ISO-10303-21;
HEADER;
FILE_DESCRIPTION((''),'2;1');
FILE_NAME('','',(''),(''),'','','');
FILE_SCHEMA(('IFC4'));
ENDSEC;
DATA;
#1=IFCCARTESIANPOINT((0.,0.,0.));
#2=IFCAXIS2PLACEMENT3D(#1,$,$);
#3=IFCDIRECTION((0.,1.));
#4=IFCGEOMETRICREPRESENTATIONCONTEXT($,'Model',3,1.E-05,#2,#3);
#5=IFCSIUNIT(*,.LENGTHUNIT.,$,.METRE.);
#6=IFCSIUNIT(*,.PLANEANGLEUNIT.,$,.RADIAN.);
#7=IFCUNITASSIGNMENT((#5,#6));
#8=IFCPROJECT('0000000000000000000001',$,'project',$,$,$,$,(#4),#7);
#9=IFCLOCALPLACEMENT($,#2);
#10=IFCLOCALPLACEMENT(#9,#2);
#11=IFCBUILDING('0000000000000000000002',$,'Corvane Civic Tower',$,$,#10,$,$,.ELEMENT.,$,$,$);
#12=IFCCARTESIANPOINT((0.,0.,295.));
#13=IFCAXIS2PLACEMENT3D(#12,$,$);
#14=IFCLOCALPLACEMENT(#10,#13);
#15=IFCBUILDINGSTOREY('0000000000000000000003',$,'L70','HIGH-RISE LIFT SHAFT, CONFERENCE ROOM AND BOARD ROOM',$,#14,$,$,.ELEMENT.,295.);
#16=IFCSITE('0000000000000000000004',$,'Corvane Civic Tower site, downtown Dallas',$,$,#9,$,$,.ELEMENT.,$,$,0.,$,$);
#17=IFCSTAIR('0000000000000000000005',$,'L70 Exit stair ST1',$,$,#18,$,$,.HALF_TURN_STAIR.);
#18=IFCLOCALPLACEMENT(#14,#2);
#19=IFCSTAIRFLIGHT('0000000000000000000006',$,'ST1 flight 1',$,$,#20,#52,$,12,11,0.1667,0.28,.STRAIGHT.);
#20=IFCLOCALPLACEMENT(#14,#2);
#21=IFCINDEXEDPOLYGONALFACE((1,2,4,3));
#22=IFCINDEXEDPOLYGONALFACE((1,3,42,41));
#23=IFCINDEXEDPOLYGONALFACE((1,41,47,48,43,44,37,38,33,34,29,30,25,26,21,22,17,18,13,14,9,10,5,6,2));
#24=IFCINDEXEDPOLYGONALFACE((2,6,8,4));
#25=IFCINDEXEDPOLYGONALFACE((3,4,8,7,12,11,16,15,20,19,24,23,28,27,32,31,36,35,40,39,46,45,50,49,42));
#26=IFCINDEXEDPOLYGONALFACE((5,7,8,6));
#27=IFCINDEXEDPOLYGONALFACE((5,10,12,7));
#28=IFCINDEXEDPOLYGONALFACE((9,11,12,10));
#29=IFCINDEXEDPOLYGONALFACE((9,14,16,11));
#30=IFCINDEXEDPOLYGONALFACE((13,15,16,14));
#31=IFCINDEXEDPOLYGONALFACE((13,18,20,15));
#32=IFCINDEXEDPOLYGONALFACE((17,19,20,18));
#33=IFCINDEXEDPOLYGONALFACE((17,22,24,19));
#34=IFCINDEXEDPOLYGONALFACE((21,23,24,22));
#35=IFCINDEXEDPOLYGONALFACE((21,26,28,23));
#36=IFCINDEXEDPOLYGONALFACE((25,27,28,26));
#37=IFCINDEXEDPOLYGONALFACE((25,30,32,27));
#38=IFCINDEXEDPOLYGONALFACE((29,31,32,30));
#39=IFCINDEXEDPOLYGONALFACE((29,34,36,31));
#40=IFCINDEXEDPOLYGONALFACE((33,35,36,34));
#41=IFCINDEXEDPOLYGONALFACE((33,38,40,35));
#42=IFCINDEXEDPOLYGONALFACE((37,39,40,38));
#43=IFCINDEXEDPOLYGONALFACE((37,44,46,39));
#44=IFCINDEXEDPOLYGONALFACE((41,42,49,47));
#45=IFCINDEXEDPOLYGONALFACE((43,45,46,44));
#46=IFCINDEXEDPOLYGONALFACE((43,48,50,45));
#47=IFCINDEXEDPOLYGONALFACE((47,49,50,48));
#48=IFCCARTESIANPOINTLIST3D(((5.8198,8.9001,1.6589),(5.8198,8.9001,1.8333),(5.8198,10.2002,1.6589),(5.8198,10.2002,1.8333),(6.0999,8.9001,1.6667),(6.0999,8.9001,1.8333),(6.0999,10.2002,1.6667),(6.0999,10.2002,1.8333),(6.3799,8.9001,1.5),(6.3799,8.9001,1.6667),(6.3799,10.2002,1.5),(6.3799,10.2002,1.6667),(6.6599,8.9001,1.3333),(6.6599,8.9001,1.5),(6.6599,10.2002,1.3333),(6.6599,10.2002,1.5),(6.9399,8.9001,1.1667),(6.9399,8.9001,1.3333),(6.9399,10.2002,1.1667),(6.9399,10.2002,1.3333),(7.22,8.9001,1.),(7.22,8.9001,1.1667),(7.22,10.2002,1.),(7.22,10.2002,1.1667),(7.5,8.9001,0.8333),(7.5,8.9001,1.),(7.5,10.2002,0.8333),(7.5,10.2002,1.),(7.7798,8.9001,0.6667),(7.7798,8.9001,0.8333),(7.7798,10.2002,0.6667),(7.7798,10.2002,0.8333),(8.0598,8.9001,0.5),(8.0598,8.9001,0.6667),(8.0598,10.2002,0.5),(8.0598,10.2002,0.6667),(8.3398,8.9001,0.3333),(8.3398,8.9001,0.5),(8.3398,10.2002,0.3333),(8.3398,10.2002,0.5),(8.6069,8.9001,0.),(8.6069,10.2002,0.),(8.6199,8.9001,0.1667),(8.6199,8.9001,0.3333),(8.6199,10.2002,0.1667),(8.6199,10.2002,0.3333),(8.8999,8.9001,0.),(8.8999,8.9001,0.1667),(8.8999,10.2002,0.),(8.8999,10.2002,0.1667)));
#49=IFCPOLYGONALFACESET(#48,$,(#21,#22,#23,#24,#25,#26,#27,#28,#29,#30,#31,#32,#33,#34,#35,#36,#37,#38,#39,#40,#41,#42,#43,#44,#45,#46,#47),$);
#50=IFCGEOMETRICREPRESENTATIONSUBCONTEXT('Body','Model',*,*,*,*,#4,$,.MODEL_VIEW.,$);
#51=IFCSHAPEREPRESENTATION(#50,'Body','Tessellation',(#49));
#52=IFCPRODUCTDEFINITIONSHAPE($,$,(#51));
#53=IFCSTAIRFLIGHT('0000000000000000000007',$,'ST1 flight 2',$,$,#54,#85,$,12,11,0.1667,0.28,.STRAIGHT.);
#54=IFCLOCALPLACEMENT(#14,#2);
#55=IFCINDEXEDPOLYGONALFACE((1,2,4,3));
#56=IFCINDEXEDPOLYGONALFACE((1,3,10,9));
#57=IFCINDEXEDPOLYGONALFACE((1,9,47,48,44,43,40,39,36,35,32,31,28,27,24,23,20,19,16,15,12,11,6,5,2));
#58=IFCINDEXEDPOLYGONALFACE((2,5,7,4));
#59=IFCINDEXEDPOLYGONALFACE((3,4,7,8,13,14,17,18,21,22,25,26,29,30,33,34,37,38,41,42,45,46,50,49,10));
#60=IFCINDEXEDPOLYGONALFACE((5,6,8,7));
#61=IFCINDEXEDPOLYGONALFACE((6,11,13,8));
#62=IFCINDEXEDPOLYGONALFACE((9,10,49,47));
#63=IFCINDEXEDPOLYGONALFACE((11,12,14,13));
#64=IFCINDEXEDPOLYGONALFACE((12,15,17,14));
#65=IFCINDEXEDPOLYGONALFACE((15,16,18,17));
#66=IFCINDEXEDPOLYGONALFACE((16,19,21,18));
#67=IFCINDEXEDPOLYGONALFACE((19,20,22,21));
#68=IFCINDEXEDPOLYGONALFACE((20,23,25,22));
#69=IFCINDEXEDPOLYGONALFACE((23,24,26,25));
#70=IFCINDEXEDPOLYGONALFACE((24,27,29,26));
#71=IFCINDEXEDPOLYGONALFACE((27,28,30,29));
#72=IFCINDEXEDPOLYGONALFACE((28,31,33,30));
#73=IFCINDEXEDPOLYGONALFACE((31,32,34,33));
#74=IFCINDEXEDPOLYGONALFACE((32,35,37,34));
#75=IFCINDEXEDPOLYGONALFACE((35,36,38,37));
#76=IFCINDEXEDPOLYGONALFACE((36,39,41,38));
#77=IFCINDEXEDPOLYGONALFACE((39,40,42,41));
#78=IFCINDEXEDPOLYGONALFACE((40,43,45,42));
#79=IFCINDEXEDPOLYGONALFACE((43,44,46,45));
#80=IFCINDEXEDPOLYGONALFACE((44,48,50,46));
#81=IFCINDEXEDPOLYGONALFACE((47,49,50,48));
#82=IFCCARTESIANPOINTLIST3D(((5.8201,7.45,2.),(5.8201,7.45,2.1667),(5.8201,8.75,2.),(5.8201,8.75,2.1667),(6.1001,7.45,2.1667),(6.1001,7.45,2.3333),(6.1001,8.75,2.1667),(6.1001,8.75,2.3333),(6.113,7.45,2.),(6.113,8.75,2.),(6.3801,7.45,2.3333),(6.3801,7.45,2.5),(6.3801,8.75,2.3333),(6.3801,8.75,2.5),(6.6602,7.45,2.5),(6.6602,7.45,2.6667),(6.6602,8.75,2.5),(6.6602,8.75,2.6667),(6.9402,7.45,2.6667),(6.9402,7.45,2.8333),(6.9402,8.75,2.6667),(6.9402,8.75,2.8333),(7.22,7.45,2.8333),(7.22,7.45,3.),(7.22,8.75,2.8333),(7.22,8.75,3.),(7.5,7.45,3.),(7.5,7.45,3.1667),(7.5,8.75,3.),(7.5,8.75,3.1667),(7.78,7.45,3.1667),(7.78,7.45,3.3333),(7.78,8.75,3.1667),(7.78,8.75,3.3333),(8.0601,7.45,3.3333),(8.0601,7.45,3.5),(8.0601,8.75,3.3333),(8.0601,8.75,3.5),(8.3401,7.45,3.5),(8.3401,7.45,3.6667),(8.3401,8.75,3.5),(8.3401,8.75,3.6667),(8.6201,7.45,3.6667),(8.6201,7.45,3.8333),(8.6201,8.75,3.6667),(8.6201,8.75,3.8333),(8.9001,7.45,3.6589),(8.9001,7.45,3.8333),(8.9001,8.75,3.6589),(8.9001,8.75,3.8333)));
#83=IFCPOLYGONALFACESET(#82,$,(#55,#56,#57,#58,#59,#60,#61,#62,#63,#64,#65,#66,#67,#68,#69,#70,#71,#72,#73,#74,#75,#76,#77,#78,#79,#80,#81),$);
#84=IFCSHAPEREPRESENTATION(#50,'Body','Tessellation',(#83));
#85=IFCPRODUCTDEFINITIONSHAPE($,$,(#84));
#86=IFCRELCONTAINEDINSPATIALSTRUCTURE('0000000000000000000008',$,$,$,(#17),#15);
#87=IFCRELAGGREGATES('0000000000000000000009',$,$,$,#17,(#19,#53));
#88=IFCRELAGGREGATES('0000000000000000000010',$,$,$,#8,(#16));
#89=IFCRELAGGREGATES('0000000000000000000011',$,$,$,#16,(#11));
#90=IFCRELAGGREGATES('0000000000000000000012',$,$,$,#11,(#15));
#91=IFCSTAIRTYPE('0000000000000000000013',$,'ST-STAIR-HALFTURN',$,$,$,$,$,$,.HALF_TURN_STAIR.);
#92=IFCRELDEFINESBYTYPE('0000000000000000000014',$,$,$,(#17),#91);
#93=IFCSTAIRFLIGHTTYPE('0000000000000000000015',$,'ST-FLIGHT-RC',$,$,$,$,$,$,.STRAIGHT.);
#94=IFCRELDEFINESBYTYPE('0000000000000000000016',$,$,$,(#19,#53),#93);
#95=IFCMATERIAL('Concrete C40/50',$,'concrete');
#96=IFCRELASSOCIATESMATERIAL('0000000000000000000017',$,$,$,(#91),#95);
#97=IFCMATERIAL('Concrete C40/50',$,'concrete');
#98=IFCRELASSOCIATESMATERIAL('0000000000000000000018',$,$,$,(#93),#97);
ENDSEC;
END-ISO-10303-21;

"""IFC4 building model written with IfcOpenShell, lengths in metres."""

from ifc_helpers import new_model, si_unit, direction, frame, origin, place, context, subcontext, project, spatial, polyline, outline, extrude, material, type_object, element, aggregate, save


model = new_model("IFC4")

# Units and contexts
model_context = context("Model", 3, precision=1e-05, world=origin(), true_north=direction((0.0, 1.0)))
body_context = subcontext(model_context, "Body", "Model", "MODEL_VIEW")
ifc_project = project(units=[si_unit("LENGTHUNIT", "METRE"), si_unit("PLANEANGLEUNIT", "RADIAN")], contexts=[model_context])

# Site, building, storey
site_placement = place(None, origin())
site = spatial("IfcSite", under=ifc_project, at=site_placement, Name="Corvane Civic Tower site, downtown Dallas", CompositionType="ELEMENT", RefElevation=0.0)
building_placement = place(site_placement, origin())
building = spatial("IfcBuilding", under=site, at=building_placement, Name="Corvane Civic Tower", CompositionType="ELEMENT")
storey_placement = place(building_placement, frame((0.0, 0.0, 295.0)))
storey = spatial("IfcBuildingStorey", under=building, at=storey_placement, Name="L70", Description="HIGH-RISE LIFT SHAFT, CONFERENCE ROOM AND BOARD ROOM", CompositionType="ELEMENT", Elevation=295.0)

# Stair, stair flights
ifc_material_1 = material(Name="Concrete C40/50", Category="concrete")
stair_type = type_object("IfcStairType", Name="ST-STAIR-HALFTURN", PredefinedType="HALF_TURN_STAIR", material=ifc_material_1)
stair_placement = place(storey_placement, origin())
stair = element("IfcStair", 1, at=stair_placement, inside=storey, type_object=stair_type, Name="L70 Exit stair ST1", PredefinedType="HALF_TURN_STAIR")
ifc_material_2 = material(Name="Concrete C40/50", Category="concrete")
stair_flight_type = type_object("IfcStairFlightType", Name="ST-FLIGHT-RC", PredefinedType="STRAIGHT", material=ifc_material_2)
stair_flight_1_placement = place(storey_placement, frame((8.8999, 9.55, 0.0), z_axis=(0.0, 0.0, 1.0), x_axis=(-1.0, 0.0, 0.0)))
stair_flight_1 = element("IfcStairFlight", 2, at=stair_flight_1_placement, type_object=stair_flight_type, Name="ST1 flight 1", NumberOfRisers=12, NumberOfTreads=11, PredefinedType="STRAIGHT", RiserHeight=0.1667, TreadLength=0.28, context=body_context, shape_type="SweptSolid", body=[
    extrude(outline(polyline([(0.0, 0.0), (0.0, 0.1667), (0.28, 0.1667), (0.28, 0.3333), (0.5601, 0.3333), (0.5601, 0.5), (0.8401, 0.5), (0.8401, 0.6667), (1.1201, 0.6667), (1.1201, 0.8333), (1.3999, 0.8333), (1.3999, 1.0), (1.6799, 1.0), (1.6799, 1.1667), (1.96, 1.1667), (1.96, 1.3333), (2.24, 1.3333), (2.24, 1.5), (2.52, 1.5), (2.52, 1.6667), (2.8, 1.6667), (2.8, 1.8333), (3.0801, 1.8333), (3.0801, 2.0), (3.0801, 1.6589), (0.293, 0.0), (0.0, 0.0)])), frame((0.0, 0.6499, 0.0), z_axis=(0.0, -1.0, 0.0), x_axis=(1.0, 0.0, 0.0)), (0.0, 0.0, 1.0), 1.3),
])
stair_flight_2_placement = place(storey_placement, frame((5.8201, 8.1001, 2.0), z_axis=(0.0, 0.0, 1.0), x_axis=(1.0, 0.0, 0.0)))
stair_flight_2 = element("IfcStairFlight", 3, at=stair_flight_2_placement, type_object=stair_flight_type, Name="ST1 flight 2", NumberOfRisers=12, NumberOfTreads=11, PredefinedType="STRAIGHT", RiserHeight=0.1667, TreadLength=0.28, context=body_context, shape_type="SweptSolid", body=[
    extrude(outline(polyline([(0.0, 0.0), (0.0, 0.1667), (0.28, 0.1667), (0.28, 0.3333), (0.5601, 0.3333), (0.5601, 0.5), (0.8401, 0.5), (0.8401, 0.6667), (1.1201, 0.6667), (1.1201, 0.8333), (1.3999, 0.8333), (1.3999, 1.0), (1.6799, 1.0), (1.6799, 1.1667), (1.96, 1.1667), (1.96, 1.3333), (2.24, 1.3333), (2.24, 1.5), (2.52, 1.5), (2.52, 1.6667), (2.8, 1.6667), (2.8, 1.8333), (3.0801, 1.8333), (3.0801, 2.0), (3.0801, 1.6589), (0.293, 0.0), (0.0, 0.0)])), frame((0.0, 0.6499, 0.0), z_axis=(0.0, -1.0, 0.0), x_axis=(1.0, 0.0, 0.0)), (0.0, 0.0, 1.0), 1.3),
])
aggregate(stair, [stair_flight_1, stair_flight_2])

save(model, "model.ifc")
